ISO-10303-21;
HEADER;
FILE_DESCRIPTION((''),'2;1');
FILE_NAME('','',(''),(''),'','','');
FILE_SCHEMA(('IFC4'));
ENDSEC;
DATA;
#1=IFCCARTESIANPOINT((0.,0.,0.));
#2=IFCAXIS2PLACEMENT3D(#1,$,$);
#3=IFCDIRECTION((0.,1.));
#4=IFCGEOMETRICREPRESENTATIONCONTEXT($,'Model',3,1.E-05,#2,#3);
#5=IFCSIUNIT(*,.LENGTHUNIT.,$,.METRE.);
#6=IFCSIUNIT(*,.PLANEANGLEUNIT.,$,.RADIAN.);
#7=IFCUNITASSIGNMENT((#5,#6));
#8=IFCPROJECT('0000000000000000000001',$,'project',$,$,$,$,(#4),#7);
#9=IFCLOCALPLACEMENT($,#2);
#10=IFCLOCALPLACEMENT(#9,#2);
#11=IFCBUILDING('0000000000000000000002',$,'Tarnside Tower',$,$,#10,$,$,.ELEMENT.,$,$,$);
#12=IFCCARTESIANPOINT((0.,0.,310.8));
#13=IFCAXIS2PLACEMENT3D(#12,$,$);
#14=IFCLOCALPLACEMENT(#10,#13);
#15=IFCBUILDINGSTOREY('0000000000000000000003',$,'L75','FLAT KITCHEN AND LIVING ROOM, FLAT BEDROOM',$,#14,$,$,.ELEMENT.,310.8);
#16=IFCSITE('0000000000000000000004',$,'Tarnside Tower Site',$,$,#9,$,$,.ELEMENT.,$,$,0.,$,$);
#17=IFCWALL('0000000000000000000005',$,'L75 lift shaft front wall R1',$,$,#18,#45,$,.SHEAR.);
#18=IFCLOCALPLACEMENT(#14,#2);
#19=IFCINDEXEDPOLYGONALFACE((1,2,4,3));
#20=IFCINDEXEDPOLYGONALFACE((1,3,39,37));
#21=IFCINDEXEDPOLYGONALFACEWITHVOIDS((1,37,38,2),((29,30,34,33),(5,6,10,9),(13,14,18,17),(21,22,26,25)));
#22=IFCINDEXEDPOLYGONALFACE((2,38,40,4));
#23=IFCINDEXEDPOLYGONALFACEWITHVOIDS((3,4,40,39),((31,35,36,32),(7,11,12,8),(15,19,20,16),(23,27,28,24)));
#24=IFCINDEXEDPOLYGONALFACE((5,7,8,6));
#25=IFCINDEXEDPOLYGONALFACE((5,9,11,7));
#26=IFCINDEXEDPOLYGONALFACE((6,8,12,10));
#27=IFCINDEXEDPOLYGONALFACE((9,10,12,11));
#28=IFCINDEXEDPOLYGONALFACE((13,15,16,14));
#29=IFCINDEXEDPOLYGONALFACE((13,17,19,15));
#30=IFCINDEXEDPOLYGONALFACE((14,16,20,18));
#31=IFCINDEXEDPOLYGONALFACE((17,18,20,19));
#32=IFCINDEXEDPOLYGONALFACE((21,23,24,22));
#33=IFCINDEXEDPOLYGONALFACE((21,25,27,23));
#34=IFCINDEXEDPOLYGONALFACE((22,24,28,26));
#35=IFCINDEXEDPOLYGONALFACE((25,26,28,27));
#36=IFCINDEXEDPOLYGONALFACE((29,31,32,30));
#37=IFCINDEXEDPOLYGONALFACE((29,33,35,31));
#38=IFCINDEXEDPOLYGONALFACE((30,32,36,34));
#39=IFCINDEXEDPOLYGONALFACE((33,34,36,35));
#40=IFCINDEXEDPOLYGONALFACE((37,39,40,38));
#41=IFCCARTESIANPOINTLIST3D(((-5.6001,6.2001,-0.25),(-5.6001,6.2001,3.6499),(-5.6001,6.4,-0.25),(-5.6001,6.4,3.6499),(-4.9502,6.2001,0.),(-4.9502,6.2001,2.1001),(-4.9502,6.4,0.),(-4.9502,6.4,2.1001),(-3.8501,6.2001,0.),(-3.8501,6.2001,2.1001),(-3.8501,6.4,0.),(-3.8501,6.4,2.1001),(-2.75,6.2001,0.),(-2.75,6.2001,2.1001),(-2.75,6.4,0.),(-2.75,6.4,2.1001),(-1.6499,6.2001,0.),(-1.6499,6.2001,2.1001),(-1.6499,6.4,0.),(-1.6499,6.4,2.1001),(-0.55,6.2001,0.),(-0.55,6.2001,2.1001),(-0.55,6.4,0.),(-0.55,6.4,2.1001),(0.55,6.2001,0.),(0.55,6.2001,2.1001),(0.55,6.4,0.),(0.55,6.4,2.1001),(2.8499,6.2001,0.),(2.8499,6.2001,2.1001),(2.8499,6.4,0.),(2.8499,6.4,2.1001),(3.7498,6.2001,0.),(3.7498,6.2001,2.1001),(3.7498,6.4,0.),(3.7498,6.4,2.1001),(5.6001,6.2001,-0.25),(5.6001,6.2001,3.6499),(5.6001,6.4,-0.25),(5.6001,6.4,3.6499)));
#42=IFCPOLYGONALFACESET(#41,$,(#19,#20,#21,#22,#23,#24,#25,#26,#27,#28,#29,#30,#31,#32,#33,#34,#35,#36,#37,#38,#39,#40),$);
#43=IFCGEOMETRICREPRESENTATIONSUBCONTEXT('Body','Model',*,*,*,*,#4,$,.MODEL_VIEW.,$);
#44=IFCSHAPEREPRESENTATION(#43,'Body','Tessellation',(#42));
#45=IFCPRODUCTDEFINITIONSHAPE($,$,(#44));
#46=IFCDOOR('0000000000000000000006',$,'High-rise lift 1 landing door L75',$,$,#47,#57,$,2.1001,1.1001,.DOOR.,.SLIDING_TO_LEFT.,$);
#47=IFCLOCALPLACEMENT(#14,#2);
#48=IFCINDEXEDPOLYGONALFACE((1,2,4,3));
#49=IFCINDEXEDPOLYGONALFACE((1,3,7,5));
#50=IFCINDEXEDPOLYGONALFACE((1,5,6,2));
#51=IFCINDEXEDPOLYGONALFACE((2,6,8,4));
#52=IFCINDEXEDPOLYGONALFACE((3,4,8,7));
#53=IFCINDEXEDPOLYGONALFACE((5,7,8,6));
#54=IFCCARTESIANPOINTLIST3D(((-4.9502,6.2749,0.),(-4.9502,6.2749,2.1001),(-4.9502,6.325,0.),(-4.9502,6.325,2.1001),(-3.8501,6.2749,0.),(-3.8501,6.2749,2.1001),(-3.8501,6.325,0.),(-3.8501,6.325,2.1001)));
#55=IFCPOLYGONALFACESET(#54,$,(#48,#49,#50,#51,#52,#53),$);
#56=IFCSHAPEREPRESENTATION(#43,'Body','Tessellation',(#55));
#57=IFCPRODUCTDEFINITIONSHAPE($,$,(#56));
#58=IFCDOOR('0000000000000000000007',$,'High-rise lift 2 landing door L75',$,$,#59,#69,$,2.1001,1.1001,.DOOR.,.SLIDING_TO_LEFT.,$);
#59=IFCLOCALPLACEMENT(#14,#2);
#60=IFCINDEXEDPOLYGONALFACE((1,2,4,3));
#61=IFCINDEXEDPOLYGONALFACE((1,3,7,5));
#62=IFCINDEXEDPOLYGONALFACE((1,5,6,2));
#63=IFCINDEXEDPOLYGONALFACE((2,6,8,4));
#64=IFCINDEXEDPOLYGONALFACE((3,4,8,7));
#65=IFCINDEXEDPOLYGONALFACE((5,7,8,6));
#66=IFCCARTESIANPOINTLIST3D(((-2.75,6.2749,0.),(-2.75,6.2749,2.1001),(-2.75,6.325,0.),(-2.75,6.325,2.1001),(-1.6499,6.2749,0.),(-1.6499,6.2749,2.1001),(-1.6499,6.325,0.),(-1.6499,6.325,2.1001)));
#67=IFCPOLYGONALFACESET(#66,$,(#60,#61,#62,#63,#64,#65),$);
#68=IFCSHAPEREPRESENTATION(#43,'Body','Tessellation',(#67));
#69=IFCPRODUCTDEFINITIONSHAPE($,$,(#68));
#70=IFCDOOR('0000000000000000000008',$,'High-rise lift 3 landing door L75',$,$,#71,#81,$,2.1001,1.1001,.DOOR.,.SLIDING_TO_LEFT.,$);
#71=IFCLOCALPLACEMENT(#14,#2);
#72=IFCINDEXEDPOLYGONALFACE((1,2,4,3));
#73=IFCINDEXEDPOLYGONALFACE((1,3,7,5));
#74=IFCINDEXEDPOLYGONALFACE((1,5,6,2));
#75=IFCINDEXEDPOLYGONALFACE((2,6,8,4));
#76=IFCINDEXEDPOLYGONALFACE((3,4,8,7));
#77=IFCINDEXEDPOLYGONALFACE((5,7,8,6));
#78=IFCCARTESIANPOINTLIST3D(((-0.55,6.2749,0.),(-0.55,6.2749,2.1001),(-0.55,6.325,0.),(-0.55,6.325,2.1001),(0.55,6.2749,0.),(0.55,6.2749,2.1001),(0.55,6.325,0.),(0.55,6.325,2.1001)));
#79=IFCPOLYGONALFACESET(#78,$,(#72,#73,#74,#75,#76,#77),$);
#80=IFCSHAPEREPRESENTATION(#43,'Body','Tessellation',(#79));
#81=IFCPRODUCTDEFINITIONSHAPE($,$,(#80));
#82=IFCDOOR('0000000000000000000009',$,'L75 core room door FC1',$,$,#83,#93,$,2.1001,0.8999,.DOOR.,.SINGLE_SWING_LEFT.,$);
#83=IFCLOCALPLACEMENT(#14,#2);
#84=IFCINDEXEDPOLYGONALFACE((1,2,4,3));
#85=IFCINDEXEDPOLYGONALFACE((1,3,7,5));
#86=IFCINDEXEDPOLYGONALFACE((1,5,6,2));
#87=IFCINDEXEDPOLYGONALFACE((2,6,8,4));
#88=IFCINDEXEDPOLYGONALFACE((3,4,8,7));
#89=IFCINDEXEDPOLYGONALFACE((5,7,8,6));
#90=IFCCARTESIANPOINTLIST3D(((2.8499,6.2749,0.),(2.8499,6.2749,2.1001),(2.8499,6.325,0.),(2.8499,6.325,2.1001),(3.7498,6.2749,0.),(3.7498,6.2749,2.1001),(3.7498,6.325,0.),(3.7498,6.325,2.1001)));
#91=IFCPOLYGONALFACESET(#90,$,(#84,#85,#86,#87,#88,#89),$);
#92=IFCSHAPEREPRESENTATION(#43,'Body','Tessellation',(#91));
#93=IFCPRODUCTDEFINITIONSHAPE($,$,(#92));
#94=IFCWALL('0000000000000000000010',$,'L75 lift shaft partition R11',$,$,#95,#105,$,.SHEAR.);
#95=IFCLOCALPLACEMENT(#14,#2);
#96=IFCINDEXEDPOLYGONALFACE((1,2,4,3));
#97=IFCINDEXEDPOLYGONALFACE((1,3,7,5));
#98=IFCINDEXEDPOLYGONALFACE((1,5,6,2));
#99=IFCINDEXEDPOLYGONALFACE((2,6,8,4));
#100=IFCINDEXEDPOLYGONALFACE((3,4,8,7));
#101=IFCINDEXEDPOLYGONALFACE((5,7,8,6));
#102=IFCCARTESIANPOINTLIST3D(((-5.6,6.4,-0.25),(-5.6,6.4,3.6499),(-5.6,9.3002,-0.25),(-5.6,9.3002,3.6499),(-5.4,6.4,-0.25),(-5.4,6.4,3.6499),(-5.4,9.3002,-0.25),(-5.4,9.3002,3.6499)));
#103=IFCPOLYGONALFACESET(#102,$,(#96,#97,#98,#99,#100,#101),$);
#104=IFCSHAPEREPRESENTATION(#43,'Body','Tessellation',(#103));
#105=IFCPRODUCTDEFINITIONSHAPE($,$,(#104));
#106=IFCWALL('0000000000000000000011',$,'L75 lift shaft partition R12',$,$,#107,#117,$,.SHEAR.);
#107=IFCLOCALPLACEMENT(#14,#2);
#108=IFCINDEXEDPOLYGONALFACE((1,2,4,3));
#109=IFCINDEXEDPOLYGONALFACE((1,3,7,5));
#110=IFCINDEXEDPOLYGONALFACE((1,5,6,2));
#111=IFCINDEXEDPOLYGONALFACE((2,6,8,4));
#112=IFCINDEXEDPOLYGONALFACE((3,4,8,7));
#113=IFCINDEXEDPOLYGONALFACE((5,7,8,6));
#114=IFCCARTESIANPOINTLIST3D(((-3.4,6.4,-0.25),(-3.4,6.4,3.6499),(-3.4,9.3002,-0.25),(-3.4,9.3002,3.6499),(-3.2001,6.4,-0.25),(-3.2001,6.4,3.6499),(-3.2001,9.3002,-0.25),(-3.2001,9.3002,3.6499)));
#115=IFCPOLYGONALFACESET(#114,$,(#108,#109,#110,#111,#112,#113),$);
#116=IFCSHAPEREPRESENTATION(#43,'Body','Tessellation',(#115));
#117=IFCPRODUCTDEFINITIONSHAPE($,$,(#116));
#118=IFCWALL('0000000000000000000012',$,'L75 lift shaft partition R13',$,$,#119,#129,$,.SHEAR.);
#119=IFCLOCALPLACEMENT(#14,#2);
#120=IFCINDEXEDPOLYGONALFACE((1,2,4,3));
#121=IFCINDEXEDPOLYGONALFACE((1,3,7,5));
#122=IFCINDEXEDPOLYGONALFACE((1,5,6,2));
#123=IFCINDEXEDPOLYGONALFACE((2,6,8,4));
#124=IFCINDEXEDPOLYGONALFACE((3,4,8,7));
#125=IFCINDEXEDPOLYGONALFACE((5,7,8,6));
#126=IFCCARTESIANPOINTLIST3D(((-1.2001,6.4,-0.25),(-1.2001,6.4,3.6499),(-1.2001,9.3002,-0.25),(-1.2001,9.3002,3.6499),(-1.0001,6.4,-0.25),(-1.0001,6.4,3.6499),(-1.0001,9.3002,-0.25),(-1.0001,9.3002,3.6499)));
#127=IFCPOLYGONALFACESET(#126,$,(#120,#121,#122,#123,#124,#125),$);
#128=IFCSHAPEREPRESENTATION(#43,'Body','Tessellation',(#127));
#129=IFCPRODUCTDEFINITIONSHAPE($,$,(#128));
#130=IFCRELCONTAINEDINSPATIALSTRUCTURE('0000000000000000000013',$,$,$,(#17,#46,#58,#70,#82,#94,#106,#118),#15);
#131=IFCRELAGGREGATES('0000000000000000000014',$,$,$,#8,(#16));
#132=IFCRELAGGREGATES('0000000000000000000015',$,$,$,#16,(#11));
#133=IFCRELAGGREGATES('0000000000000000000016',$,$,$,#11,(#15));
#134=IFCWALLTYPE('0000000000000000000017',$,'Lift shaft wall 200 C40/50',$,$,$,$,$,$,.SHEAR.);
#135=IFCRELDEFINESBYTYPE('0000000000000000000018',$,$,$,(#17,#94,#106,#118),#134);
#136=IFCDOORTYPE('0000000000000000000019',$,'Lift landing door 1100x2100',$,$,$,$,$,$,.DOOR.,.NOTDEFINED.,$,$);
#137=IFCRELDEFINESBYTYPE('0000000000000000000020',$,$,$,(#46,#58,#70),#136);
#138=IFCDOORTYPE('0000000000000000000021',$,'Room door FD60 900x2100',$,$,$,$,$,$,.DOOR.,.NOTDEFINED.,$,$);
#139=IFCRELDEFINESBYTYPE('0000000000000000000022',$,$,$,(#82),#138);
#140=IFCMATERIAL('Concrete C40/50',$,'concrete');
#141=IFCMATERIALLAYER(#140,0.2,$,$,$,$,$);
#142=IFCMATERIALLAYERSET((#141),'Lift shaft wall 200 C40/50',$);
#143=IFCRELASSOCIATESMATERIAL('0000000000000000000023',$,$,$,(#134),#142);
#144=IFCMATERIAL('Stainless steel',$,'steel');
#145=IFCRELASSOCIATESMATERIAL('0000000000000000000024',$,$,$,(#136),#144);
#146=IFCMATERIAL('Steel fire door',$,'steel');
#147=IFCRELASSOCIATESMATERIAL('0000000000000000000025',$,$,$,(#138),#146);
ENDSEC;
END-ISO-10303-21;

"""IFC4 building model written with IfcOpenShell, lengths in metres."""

from ifc_helpers import new_model, si_unit, direction, frame, frame_2d, origin, place, context, subcontext, project, spatial, rectangle, extrude, material, layer, layer_set, type_object, element, fill, save


model = new_model("IFC4")

# Units and contexts
model_context = context("Model", 3, precision=1e-05, world=origin(), true_north=direction((0.0, 1.0)))
body_context = subcontext(model_context, "Body", "Model", "MODEL_VIEW")
ifc_project = project(units=[si_unit("LENGTHUNIT", "METRE"), si_unit("PLANEANGLEUNIT", "RADIAN")], contexts=[model_context])

# Site, building, storey
site_placement = place(None, origin())
site = spatial("IfcSite", under=ifc_project, at=site_placement, Name="Tarnside Tower Site", CompositionType="ELEMENT", RefElevation=0.0)
building_placement = place(site_placement, origin())
building = spatial("IfcBuilding", under=site, at=building_placement, Name="Tarnside Tower", CompositionType="ELEMENT")
storey_placement = place(building_placement, frame((0.0, 0.0, 310.8)))
storey = spatial("IfcBuildingStorey", under=building, at=storey_placement, Name="L75", Description="FLAT KITCHEN AND LIVING ROOM, FLAT BEDROOM", CompositionType="ELEMENT", Elevation=310.8)

# Wall, openings, doors
ifc_material_1 = material(Name="Concrete C40/50", Category="concrete")
ifc_layer_1 = layer(ifc_material_1, 0.2)
ifc_layer_set_1 = layer_set([ifc_layer_1], Name="Lift shaft wall 200 C40/50")
wall_type_1 = type_object("IfcWallType", Name="Lift shaft wall 200 C40/50", PredefinedType="SHEAR", material=ifc_layer_set_1)
wall_1_placement = place(storey_placement, frame((-5.6001, 6.3, -0.25), z_axis=(0.0, 0.0, 1.0), x_axis=(1.0, 0.0, 0.0)))
wall_1 = element("IfcWall", 1, at=wall_1_placement, inside=storey, type_object=wall_type_1, Name="L75 lift shaft front wall R1", PredefinedType="SHEAR", context=body_context, shape_type="SweptSolid", body=[
    extrude(rectangle(XDim=11.2002, YDim=0.2, at=frame_2d((5.6001, 0.0))), origin(), (0.0, 0.0, 1.0), 3.8999),
])
opening_1_placement = place(wall_1_placement, frame((8.45, 0.0, 0.25)))
opening_1 = element("IfcOpeningElement", 2, at=opening_1_placement, cuts=wall_1, PredefinedType="OPENING", context=body_context, shape_type="SweptSolid", body=[
    extrude(rectangle(XDim=0.8999, YDim=2.1001, at=frame_2d((0.45, 1.05))), frame((0.0, 0.1099, 0.0), z_axis=(0.0, -1.0, 0.0), x_axis=(1.0, 0.0, 0.0)), (0.0, 0.0, 1.0), 0.22),
])
opening_2_placement = place(wall_1_placement, frame((0.6499, 0.0, 0.25)))
opening_2 = element("IfcOpeningElement", 3, at=opening_2_placement, cuts=wall_1, PredefinedType="OPENING", context=body_context, shape_type="SweptSolid", body=[
    extrude(rectangle(XDim=1.1001, YDim=2.1001, at=frame_2d((0.55, 1.05))), frame((0.0, 0.1099, 0.0), z_axis=(0.0, -1.0, 0.0), x_axis=(1.0, 0.0, 0.0)), (0.0, 0.0, 1.0), 0.22),
])
opening_3_placement = place(wall_1_placement, frame((2.8501, 0.0, 0.25)))
opening_3 = element("IfcOpeningElement", 4, at=opening_3_placement, cuts=wall_1, PredefinedType="OPENING", context=body_context, shape_type="SweptSolid", body=[
    extrude(rectangle(XDim=1.1001, YDim=2.1001, at=frame_2d((0.55, 1.05))), frame((0.0, 0.1099, 0.0), z_axis=(0.0, -1.0, 0.0), x_axis=(1.0, 0.0, 0.0)), (0.0, 0.0, 1.0), 0.22),
])
opening_4_placement = place(wall_1_placement, frame((5.05, 0.0, 0.25)))
opening_4 = element("IfcOpeningElement", 5, at=opening_4_placement, cuts=wall_1, PredefinedType="OPENING", context=body_context, shape_type="SweptSolid", body=[
    extrude(rectangle(XDim=1.1001, YDim=2.1001, at=frame_2d((0.55, 1.05))), frame((0.0, 0.1099, 0.0), z_axis=(0.0, -1.0, 0.0), x_axis=(1.0, 0.0, 0.0)), (0.0, 0.0, 1.0), 0.22),
])
ifc_material_2 = material(Name="Stainless steel", Category="steel")
door_type_1 = type_object("IfcDoorType", Name="Lift landing door 1100x2100", OperationType="NOTDEFINED", PredefinedType="DOOR", material=ifc_material_2)
door_1_placement = place(opening_2_placement, origin())
door_1 = element("IfcDoor", 6, at=door_1_placement, inside=storey, type_object=door_type_1, Name="High-rise lift 1 landing door L75", OperationType="SLIDING_TO_LEFT", OverallHeight=2.1001, OverallWidth=1.1001, PredefinedType="DOOR", context=body_context, shape_type="SweptSolid", body=[
    extrude(rectangle(XDim=1.1001, YDim=2.1001, at=frame_2d((0.55, 1.05))), frame((0.0, 0.0249, 0.0), z_axis=(0.0, -1.0, 0.0), x_axis=(1.0, 0.0, 0.0)), (0.0, 0.0, 1.0), 0.05),
])
fill(opening_2, door_1)
door_2_placement = place(opening_3_placement, origin())
door_2 = element("IfcDoor", 7, at=door_2_placement, inside=storey, type_object=door_type_1, Name="High-rise lift 2 landing door L75", OperationType="SLIDING_TO_LEFT", OverallHeight=2.1001, OverallWidth=1.1001, PredefinedType="DOOR", context=body_context, shape_type="SweptSolid", body=[
    extrude(rectangle(XDim=1.1001, YDim=2.1001, at=frame_2d((0.55, 1.05))), frame((0.0, 0.0249, 0.0), z_axis=(0.0, -1.0, 0.0), x_axis=(1.0, 0.0, 0.0)), (0.0, 0.0, 1.0), 0.05),
])
fill(opening_3, door_2)
door_3_placement = place(opening_4_placement, origin())
door_3 = element("IfcDoor", 8, at=door_3_placement, inside=storey, type_object=door_type_1, Name="High-rise lift 3 landing door L75", OperationType="SLIDING_TO_LEFT", OverallHeight=2.1001, OverallWidth=1.1001, PredefinedType="DOOR", context=body_context, shape_type="SweptSolid", body=[
    extrude(rectangle(XDim=1.1001, YDim=2.1001, at=frame_2d((0.55, 1.05))), frame((0.0, 0.0249, 0.0), z_axis=(0.0, -1.0, 0.0), x_axis=(1.0, 0.0, 0.0)), (0.0, 0.0, 1.0), 0.05),
])
fill(opening_4, door_3)
ifc_material_3 = material(Name="Steel fire door", Category="steel")
door_type_2 = type_object("IfcDoorType", Name="Room door FD60 900x2100", OperationType="NOTDEFINED", PredefinedType="DOOR", material=ifc_material_3)
door_4_placement = place(opening_1_placement, origin())
door_4 = element("IfcDoor", 9, at=door_4_placement, inside=storey, type_object=door_type_2, Name="L75 core room door FC1", OperationType="SINGLE_SWING_LEFT", OverallHeight=2.1001, OverallWidth=0.8999, PredefinedType="DOOR", context=body_context, shape_type="SweptSolid", body=[
    extrude(rectangle(XDim=0.8999, YDim=2.1001, at=frame_2d((0.45, 1.05))), frame((0.0, 0.0249, 0.0), z_axis=(0.0, -1.0, 0.0), x_axis=(1.0, 0.0, 0.0)), (0.0, 0.0, 1.0), 0.05),
])
fill(opening_1, door_4)

# Walls
for number, where, z_axis, x_axis, name in (
    (10, (-5.5, 6.3999, -0.25), (0.0, 0.0, 1.0), (0.0, 1.0, 0.0), "L75 lift shaft partition R11"),
    (11, (-3.3, 6.3999, -0.25), (0.0, 0.0, 1.0), (0.0, 1.0, 0.0), "L75 lift shaft partition R12"),
    (12, (-1.1001, 6.3999, -0.25), (0.0, 0.0, 1.0), (0.0, 1.0, 0.0), "L75 lift shaft partition R13"),
):
    element("IfcWall", number, at=place(storey_placement, frame(where, z_axis=z_axis, x_axis=x_axis)), inside=storey, type_object=wall_type_1, Name=name, PredefinedType="SHEAR", context=body_context, shape_type="SweptSolid", body=[
        extrude(rectangle(XDim=2.9001, YDim=0.2, at=frame_2d((1.4502, 0.0))), origin(), (0.0, 0.0, 1.0), 3.8999),
    ])

save(model, "model.ifc")
